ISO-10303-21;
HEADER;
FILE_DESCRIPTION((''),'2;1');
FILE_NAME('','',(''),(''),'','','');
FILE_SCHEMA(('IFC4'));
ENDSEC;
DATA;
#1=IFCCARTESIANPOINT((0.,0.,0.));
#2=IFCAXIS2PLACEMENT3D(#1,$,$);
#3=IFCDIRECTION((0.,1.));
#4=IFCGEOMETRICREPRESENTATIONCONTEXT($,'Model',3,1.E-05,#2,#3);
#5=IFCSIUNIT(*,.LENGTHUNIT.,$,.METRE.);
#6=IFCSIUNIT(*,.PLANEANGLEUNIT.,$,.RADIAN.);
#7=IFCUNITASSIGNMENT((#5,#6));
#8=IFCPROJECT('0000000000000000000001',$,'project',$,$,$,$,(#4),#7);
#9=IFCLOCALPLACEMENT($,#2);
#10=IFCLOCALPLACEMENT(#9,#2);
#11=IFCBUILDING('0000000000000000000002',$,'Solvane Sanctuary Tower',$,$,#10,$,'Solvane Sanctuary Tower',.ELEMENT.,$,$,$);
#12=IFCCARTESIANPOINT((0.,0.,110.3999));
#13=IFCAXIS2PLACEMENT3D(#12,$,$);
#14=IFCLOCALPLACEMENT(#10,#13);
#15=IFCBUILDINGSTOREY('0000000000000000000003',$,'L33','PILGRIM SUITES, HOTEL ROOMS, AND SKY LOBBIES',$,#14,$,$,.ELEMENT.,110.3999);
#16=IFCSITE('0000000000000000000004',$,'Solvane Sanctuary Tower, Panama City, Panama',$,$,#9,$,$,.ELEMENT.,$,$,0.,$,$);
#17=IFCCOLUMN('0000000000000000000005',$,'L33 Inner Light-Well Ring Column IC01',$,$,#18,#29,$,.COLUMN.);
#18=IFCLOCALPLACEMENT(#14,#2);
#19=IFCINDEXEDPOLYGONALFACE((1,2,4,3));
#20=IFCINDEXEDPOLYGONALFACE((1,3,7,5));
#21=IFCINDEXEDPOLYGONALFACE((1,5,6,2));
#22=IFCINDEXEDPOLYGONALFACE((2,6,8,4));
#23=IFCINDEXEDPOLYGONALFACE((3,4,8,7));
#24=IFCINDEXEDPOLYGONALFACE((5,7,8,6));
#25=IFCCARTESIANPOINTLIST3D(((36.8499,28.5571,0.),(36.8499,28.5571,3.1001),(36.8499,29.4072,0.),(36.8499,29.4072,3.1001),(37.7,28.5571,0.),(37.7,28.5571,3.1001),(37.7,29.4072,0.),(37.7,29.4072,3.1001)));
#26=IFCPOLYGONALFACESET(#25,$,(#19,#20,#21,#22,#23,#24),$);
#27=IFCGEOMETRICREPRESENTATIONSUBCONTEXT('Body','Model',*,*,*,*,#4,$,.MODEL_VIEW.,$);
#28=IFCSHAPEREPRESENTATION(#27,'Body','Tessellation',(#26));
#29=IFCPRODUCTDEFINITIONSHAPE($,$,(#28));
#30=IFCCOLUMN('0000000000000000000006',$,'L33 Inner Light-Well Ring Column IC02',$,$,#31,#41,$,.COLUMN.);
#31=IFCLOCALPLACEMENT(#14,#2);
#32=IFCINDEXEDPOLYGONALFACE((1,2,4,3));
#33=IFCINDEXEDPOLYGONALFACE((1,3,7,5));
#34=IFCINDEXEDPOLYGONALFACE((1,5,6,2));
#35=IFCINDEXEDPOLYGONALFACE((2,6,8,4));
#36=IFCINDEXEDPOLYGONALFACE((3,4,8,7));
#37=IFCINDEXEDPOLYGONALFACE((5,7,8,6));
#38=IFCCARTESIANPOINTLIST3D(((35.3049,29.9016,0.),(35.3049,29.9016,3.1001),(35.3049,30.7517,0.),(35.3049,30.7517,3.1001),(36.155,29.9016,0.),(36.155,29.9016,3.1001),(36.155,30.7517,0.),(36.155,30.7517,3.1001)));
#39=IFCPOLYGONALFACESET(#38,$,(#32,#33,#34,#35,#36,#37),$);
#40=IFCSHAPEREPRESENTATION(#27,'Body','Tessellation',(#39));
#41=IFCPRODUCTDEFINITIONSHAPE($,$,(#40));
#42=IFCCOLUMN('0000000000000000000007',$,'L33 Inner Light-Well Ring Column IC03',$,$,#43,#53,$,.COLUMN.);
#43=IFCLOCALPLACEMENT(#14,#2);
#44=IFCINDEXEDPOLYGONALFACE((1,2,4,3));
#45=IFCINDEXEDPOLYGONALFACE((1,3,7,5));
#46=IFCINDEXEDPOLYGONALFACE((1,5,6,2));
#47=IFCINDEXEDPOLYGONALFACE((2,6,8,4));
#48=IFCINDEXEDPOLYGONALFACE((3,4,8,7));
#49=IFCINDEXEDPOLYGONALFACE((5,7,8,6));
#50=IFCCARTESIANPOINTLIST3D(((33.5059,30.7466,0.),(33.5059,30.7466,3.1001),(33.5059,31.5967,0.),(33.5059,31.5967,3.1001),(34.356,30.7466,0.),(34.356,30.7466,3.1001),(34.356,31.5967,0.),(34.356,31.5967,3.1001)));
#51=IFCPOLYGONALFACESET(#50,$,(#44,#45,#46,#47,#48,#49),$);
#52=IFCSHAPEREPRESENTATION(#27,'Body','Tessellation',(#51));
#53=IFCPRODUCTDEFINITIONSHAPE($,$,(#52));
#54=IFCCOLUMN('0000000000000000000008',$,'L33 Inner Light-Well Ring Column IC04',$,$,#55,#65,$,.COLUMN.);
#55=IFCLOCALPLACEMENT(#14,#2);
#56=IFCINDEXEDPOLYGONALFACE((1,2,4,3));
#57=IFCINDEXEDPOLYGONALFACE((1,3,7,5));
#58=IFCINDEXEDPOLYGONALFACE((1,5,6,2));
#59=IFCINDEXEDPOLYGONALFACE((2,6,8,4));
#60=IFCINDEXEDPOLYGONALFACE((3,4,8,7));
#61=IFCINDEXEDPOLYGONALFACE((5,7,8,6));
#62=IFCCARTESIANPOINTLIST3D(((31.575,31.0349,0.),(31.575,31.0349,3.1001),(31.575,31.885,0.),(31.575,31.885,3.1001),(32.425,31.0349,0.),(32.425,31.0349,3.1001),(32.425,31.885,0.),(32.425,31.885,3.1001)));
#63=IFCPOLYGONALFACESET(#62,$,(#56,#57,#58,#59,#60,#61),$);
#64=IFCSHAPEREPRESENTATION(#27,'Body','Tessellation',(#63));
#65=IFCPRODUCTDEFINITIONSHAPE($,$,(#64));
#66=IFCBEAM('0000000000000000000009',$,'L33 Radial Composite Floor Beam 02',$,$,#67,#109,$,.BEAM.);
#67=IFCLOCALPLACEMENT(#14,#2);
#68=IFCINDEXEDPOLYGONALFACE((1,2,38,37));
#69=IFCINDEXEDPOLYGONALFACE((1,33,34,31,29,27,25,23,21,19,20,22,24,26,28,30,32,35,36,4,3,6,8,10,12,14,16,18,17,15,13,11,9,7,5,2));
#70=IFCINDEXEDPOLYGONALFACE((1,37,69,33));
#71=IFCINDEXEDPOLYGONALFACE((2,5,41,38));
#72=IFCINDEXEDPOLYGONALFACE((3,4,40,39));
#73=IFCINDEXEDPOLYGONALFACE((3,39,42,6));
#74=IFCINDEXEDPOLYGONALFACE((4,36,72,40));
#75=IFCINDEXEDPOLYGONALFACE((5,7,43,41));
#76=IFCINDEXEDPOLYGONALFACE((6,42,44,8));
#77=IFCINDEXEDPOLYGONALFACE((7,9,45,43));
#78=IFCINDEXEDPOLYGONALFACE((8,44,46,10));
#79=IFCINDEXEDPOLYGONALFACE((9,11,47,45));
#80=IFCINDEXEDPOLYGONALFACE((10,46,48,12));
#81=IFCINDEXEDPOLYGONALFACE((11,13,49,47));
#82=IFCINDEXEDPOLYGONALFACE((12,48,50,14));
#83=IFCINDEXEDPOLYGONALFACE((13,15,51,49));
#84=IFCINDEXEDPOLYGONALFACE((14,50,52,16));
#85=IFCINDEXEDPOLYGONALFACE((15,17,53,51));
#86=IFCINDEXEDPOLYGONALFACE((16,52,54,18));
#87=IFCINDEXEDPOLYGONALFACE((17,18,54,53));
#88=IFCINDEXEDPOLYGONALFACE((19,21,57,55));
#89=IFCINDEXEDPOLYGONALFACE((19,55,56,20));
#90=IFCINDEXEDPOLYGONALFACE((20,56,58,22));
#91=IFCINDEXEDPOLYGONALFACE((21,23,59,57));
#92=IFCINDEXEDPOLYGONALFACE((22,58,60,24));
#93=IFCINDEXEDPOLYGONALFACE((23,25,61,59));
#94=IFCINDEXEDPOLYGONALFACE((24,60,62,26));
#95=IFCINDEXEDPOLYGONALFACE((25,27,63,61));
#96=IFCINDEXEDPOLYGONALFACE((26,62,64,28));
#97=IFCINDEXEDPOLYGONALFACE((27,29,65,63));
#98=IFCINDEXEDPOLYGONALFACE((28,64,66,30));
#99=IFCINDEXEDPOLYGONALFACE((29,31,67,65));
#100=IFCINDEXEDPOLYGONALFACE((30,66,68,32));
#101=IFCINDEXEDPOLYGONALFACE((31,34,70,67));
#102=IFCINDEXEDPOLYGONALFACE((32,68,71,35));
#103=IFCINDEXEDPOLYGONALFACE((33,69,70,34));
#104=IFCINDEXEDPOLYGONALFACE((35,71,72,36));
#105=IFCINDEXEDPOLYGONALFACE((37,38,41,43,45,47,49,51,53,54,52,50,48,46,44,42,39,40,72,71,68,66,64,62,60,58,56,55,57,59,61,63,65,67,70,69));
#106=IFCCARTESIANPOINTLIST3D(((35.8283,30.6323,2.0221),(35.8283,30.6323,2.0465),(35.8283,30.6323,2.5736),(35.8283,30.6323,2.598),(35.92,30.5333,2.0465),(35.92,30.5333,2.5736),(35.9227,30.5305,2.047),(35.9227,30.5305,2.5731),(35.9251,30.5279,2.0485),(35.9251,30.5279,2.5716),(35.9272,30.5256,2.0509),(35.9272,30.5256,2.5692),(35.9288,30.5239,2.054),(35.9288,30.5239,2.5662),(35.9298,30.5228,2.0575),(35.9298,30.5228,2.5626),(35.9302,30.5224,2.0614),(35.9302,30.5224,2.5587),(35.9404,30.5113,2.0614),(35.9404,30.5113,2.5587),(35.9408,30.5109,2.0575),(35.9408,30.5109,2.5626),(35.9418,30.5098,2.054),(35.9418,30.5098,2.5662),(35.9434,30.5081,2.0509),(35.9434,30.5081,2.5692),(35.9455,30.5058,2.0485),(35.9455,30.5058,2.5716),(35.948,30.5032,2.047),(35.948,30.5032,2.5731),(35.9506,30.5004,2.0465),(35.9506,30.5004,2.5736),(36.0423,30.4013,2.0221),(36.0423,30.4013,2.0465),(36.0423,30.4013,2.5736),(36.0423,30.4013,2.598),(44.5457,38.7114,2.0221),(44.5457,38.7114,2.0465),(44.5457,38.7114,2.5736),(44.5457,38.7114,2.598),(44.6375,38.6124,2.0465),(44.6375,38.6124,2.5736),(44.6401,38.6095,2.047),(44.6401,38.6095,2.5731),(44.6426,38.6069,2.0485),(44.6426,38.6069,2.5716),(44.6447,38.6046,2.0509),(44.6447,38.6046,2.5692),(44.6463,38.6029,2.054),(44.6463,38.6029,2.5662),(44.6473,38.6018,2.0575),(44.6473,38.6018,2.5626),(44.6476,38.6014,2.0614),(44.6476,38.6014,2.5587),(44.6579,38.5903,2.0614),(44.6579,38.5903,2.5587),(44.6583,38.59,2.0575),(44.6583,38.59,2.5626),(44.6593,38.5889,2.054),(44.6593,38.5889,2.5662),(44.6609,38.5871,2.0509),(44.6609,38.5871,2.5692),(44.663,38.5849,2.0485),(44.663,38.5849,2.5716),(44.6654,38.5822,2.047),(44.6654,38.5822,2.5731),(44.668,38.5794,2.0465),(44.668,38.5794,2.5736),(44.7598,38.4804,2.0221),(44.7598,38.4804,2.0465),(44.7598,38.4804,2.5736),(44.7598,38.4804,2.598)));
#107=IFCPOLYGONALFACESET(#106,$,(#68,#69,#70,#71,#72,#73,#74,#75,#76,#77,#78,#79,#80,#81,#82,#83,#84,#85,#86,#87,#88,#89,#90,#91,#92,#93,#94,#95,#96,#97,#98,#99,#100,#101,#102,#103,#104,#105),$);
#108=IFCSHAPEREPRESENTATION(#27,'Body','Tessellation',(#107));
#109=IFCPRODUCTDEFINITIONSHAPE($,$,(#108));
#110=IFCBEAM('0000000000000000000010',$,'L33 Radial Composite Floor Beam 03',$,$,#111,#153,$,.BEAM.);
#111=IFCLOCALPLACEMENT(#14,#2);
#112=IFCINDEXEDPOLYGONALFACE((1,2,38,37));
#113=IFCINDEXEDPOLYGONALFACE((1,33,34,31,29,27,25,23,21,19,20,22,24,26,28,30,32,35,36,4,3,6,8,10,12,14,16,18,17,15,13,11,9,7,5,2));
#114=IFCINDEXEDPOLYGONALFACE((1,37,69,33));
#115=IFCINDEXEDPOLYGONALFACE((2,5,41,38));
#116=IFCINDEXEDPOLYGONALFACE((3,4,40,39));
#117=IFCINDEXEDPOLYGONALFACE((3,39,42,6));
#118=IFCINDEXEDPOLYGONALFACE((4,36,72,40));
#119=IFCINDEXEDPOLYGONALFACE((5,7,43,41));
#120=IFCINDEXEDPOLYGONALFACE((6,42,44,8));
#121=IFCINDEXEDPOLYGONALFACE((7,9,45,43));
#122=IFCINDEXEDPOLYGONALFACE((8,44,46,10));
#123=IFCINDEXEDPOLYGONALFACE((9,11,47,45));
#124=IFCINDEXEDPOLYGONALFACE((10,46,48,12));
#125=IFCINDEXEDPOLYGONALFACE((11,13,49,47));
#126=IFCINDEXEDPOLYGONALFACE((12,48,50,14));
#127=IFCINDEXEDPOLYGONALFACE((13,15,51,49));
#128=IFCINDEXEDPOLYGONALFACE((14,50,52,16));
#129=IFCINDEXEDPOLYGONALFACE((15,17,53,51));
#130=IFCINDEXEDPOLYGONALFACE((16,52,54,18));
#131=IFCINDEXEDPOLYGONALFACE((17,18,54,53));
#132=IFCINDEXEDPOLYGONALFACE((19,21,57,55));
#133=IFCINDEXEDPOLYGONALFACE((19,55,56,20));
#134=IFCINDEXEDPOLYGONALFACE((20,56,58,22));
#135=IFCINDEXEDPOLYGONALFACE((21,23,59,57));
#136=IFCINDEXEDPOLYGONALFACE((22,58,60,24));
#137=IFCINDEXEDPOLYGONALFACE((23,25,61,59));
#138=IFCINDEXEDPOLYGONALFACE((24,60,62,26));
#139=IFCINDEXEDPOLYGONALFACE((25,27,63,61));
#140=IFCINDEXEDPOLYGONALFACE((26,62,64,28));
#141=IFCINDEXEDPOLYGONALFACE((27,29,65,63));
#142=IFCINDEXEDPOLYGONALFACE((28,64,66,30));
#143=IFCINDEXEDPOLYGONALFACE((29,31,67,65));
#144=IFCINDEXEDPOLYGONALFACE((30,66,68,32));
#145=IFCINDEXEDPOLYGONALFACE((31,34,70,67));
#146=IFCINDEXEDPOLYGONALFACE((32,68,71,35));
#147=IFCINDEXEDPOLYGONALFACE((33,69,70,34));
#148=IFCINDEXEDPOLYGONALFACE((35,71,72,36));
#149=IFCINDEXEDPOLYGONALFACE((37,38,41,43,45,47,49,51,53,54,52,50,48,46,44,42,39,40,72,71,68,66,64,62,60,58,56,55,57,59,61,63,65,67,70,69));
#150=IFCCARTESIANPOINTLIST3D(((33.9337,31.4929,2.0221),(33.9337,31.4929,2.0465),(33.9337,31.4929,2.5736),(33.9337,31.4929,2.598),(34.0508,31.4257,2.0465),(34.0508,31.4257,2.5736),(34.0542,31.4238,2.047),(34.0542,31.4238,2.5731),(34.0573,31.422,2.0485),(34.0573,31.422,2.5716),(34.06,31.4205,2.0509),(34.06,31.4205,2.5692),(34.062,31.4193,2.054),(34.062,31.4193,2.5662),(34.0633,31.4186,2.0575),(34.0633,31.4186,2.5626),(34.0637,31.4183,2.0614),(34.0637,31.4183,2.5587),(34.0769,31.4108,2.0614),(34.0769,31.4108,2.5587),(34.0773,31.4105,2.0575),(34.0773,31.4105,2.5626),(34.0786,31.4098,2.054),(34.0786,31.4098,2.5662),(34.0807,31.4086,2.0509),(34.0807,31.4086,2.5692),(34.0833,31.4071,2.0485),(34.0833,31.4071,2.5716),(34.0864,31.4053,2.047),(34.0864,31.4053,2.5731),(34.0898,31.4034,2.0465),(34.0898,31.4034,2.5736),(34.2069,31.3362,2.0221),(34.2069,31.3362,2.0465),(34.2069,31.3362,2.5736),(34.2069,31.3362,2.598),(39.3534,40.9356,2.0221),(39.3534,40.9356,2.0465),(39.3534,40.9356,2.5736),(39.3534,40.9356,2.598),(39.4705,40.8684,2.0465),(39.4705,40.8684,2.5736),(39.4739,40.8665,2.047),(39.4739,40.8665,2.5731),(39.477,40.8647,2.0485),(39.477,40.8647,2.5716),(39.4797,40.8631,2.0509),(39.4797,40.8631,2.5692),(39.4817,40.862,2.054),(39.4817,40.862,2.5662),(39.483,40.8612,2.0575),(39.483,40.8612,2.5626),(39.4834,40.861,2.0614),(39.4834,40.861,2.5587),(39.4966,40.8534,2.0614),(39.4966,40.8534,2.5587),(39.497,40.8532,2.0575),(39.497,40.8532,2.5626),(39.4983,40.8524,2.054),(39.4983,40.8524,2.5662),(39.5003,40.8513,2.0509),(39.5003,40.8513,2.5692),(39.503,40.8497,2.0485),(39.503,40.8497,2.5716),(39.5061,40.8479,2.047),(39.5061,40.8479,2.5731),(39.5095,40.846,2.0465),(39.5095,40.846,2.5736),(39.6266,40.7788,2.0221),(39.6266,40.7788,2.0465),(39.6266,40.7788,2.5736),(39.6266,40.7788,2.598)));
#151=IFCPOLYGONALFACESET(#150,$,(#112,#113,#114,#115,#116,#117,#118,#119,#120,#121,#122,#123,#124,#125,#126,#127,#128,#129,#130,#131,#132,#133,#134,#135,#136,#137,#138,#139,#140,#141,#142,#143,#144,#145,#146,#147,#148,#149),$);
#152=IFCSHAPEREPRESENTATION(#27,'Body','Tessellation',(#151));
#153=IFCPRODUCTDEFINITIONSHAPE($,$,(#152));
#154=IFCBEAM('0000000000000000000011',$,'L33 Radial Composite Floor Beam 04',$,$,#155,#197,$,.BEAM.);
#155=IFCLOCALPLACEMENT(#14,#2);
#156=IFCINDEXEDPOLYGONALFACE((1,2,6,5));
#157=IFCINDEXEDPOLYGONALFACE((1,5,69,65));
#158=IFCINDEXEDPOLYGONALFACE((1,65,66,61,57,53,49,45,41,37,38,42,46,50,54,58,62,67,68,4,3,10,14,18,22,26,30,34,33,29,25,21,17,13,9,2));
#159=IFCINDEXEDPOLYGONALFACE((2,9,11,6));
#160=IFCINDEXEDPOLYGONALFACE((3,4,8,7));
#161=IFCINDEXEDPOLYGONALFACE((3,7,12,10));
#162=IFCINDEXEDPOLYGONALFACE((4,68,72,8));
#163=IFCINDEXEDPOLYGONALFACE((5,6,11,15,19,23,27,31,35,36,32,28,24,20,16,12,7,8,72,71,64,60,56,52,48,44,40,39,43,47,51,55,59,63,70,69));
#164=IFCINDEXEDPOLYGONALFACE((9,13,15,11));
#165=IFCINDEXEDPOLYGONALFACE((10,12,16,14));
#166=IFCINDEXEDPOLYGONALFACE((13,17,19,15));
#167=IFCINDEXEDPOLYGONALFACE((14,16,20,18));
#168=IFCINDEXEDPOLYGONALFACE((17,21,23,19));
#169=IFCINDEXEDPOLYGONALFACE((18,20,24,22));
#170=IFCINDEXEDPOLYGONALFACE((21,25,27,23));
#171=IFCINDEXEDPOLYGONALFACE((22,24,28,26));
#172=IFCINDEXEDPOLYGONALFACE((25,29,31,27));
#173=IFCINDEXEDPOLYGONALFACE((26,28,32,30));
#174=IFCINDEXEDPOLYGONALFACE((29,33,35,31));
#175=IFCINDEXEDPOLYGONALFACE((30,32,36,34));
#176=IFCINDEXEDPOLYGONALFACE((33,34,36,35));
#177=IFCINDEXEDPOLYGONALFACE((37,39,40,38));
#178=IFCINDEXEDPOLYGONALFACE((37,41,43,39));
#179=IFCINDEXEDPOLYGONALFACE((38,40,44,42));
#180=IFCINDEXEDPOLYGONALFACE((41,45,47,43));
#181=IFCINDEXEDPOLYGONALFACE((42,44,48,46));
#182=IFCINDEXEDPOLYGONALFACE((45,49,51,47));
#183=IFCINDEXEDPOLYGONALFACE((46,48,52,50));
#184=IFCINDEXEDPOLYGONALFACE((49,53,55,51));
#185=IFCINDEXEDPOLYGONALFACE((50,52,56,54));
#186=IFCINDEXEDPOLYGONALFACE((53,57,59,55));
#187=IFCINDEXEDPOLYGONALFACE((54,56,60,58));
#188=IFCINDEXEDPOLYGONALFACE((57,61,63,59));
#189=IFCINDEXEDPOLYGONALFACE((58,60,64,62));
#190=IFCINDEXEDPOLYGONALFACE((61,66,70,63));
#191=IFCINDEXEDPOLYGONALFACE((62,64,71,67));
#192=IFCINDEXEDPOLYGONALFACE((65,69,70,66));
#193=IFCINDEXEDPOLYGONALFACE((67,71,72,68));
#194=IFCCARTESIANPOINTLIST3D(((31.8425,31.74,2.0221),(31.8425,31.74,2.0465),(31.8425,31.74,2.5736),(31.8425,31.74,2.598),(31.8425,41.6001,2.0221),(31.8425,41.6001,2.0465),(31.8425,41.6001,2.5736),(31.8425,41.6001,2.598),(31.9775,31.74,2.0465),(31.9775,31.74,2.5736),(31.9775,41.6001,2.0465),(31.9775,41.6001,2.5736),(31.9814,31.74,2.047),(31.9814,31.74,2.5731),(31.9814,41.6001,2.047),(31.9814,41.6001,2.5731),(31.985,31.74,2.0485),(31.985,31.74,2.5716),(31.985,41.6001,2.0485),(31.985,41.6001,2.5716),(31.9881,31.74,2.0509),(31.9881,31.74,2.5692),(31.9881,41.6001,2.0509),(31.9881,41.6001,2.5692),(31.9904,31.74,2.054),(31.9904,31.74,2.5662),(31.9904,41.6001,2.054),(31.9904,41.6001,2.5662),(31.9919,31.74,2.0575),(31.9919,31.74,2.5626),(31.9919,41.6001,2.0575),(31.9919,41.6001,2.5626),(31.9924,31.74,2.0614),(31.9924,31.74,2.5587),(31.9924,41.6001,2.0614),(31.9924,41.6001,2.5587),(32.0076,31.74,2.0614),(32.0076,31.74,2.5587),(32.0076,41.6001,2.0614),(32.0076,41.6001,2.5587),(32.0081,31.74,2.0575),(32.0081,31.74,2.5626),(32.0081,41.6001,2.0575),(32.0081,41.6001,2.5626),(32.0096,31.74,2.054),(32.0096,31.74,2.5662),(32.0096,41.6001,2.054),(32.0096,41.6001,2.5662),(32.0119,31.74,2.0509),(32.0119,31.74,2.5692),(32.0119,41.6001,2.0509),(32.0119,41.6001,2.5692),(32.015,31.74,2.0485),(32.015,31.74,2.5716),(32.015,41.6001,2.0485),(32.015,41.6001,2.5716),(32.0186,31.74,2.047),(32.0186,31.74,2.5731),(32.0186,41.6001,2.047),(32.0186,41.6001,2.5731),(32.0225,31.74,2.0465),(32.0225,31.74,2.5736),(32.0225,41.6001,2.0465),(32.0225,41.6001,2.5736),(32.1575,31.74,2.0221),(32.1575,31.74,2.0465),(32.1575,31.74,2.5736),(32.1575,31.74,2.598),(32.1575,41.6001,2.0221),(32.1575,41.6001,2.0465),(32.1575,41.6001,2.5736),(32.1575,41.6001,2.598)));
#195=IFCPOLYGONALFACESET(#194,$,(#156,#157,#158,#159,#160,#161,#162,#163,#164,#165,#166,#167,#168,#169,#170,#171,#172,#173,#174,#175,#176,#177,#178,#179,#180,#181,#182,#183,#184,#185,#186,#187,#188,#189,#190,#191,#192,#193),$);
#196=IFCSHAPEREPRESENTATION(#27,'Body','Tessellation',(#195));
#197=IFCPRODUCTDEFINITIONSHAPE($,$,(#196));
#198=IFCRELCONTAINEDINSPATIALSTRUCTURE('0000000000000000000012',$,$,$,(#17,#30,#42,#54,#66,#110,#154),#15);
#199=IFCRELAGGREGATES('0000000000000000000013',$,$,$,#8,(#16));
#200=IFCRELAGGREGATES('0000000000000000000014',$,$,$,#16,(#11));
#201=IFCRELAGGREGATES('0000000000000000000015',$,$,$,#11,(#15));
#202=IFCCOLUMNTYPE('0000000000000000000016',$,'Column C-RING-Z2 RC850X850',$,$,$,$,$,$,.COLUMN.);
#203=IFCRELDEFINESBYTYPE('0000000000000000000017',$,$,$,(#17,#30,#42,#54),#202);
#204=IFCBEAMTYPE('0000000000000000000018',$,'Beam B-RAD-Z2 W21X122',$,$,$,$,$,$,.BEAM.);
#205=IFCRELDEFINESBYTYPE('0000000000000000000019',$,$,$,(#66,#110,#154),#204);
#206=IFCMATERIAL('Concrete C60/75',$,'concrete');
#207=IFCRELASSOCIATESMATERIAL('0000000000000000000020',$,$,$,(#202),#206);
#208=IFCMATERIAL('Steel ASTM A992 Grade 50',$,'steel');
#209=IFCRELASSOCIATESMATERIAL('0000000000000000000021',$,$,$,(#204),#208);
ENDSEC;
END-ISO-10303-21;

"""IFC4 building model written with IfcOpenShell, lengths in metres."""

from ifc_helpers import new_model, si_unit, direction, frame, origin, origin_2d, place, context, subcontext, project, spatial, rectangle, i_section, extrude, material, material_profile, profile_set, type_object, element, save


model = new_model("IFC4")

# Units and contexts
model_context = context("Model", 3, precision=1e-05, world=origin(), true_north=direction((0.0, 1.0)))
body_context = subcontext(model_context, "Body", "Model", "MODEL_VIEW")
ifc_project = project(units=[si_unit("LENGTHUNIT", "METRE"), si_unit("PLANEANGLEUNIT", "RADIAN")], contexts=[model_context])

# Site, building, storey
site_placement = place(None, origin())
site = spatial("IfcSite", under=ifc_project, at=site_placement, Name="Solvane Sanctuary Tower, Panama City, Panama", CompositionType="ELEMENT", RefElevation=0.0)
building_placement = place(site_placement, origin())
building = spatial("IfcBuilding", under=site, at=building_placement, Name="Solvane Sanctuary Tower", LongName="Solvane Sanctuary Tower", CompositionType="ELEMENT")
storey_placement = place(building_placement, frame((0.0, 0.0, 110.3999)))
storey = spatial("IfcBuildingStorey", under=building, at=storey_placement, Name="L33", Description="PILGRIM SUITES, HOTEL ROOMS, AND SKY LOBBIES", CompositionType="ELEMENT", Elevation=110.3999)

# Columns
ifc_material_1 = material(Name="Concrete C60/75", Category="concrete")
ifc_material_profile_1 = material_profile(ifc_material_1, rectangle(XDim=0.8501, YDim=0.8501, at=origin_2d()), Name="RC850X850")
ifc_profile_set_1 = profile_set([ifc_material_profile_1], Name="Concrete C60/75")
column_type = type_object("IfcColumnType", Name="Column C-RING-Z2 RC850X850", PredefinedType="COLUMN", material=ifc_profile_set_1)
for number, where, z_axis, x_axis, name in (
    (1, (37.2749, 28.9822, 0.0), (0.0, 0.0, 1.0), (1.0, 0.0, 0.0), "L33 Inner Light-Well Ring Column IC01"),
    (2, (35.73, 30.3267, 0.0), (0.0, 0.0, 1.0), (1.0, 0.0, 0.0), "L33 Inner Light-Well Ring Column IC02"),
    (3, (33.9309, 31.1716, 0.0), (0.0, 0.0, 1.0), (1.0, 0.0, 0.0), "L33 Inner Light-Well Ring Column IC03"),
    (4, (32.0, 31.46, 0.0), (0.0, 0.0, 1.0), (1.0, 0.0, 0.0), "L33 Inner Light-Well Ring Column IC04"),
):
    element("IfcColumn", number, at=place(storey_placement, frame(where, z_axis=z_axis, x_axis=x_axis)), inside=storey, type_object=column_type, Name=name, PredefinedType="COLUMN", context=body_context, shape_type="SweptSolid", body=[
        extrude(rectangle(XDim=0.8501, YDim=0.8501, at=origin_2d()), origin(), (0.0, 0.0, 1.0), 3.1001),
    ])

# Beams
ifc_material_2 = material(Name="Steel ASTM A992 Grade 50", Category="steel")
ifc_material_profile_2 = material_profile(ifc_material_2, i_section(OverallWidth=0.3149, OverallDepth=0.5759, WebThickness=0.0151, FlangeThickness=0.0244, FilletRadius=0.0149, at=origin_2d()), Name="W21X122")
ifc_profile_set_2 = profile_set([ifc_material_profile_2], Name="Steel ASTM A992 Grade 50")
beam_type_1 = type_object("IfcBeamType", Name="Beam B-RAD-Z2 W21X122", PredefinedType="BEAM", material=ifc_profile_set_2)
beam_1_placement = place(storey_placement, frame((35.9353, 30.5168, 2.3101), z_axis=(0.733454, 0.679739, 0.0), x_axis=(-0.679739, 0.733454, 0.0)))
element("IfcBeam", 5, at=beam_1_placement, inside=storey, type_object=beam_type_1, Name="L33 Radial Composite Floor Beam 02", PredefinedType="BEAM", context=body_context, shape_type="SweptSolid", body=[
    extrude(i_section(OverallWidth=0.3149, OverallDepth=0.5759, WebThickness=0.0151, FlangeThickness=0.0244, FilletRadius=0.0149, at=origin_2d()), origin(), (0.0, 0.0, 1.0), 11.8855),
])
beam_2_placement = place(storey_placement, frame((34.0703, 31.4146, 2.3101), z_axis=(0.497792, 0.867296, 0.0), x_axis=(-0.867296, 0.497792, 0.0)))
element("IfcBeam", 6, at=beam_2_placement, inside=storey, type_object=beam_type_1, Name="L33 Radial Composite Floor Beam 03", PredefinedType="BEAM", context=body_context, shape_type="SweptSolid", body=[
    extrude(i_section(OverallWidth=0.3149, OverallDepth=0.5759, WebThickness=0.0151, FlangeThickness=0.0244, FilletRadius=0.0149, at=origin_2d()), origin(), (0.0, 0.0, 1.0), 10.8875),
])
beam_3_placement = place(storey_placement, frame((32.0, 31.74, 2.3101), z_axis=(0.0, 1.0, 0.0), x_axis=(-1.0, 0.0, 0.0)))
element("IfcBeam", 7, at=beam_3_placement, inside=storey, type_object=beam_type_1, Name="L33 Radial Composite Floor Beam 04", PredefinedType="BEAM", context=body_context, shape_type="SweptSolid", body=[
    extrude(i_section(OverallWidth=0.3149, OverallDepth=0.5759, WebThickness=0.0151, FlangeThickness=0.0244, FilletRadius=0.0149, at=origin_2d()), origin(), (0.0, 0.0, 1.0), 9.8601),
])

save(model, "model.ifc")
